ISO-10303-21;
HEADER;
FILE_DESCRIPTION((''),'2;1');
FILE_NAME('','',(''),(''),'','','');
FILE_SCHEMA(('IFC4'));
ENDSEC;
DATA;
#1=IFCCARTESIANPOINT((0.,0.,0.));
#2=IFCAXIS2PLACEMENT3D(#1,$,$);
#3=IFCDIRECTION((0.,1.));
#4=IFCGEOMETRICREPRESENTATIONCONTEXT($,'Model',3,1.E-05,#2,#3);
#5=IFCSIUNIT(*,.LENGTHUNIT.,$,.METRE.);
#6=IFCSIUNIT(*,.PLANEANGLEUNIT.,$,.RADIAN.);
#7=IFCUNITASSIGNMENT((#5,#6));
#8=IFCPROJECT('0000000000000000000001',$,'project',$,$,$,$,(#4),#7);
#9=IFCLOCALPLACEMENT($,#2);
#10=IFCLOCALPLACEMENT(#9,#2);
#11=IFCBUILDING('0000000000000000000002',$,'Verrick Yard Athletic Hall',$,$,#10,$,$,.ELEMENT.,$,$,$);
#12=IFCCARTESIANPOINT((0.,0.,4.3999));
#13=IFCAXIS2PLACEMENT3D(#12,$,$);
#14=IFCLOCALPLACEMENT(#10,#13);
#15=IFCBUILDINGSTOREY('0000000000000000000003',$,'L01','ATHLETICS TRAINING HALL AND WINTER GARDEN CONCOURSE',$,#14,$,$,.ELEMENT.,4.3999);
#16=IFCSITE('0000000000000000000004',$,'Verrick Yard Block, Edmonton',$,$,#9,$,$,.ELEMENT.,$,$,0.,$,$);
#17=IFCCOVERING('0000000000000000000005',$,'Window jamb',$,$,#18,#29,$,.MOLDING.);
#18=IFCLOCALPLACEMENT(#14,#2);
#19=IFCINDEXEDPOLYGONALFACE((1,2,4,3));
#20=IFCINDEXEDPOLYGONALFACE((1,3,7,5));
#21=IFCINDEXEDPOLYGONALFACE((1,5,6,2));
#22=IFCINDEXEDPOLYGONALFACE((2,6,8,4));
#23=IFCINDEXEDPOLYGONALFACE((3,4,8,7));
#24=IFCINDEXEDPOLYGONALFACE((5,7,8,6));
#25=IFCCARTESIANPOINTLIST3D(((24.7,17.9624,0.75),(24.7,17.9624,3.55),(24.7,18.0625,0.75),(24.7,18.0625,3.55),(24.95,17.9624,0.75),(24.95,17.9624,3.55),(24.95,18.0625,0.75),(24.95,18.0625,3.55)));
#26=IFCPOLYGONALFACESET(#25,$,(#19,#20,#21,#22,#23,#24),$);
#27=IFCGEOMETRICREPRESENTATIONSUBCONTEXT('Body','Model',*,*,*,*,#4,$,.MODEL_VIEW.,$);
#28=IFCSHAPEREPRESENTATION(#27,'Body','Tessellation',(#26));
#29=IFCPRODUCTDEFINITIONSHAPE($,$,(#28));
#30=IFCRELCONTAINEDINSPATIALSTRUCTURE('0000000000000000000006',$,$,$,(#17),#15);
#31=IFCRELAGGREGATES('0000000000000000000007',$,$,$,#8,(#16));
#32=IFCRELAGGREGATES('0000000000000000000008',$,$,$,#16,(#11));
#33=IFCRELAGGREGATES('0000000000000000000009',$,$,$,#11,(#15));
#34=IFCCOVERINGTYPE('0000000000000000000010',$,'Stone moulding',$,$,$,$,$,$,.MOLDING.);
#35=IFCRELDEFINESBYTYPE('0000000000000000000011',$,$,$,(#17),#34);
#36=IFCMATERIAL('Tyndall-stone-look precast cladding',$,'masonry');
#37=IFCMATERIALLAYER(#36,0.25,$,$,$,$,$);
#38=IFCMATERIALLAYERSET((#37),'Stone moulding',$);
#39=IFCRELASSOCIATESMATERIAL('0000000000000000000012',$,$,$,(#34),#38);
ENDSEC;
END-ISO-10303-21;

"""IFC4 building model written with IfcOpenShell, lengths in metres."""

from ifc_helpers import new_model, si_unit, direction, frame, origin, origin_2d, place, context, subcontext, project, spatial, rectangle, extrude, material, layer, layer_set, type_object, element, save


model = new_model("IFC4")

# Units and contexts
model_context = context("Model", 3, precision=1e-05, world=origin(), true_north=direction((0.0, 1.0)))
body_context = subcontext(model_context, "Body", "Model", "MODEL_VIEW")
ifc_project = project(units=[si_unit("LENGTHUNIT", "METRE"), si_unit("PLANEANGLEUNIT", "RADIAN")], contexts=[model_context])

# Site, building, storey
site_placement = place(None, origin())
site = spatial("IfcSite", under=ifc_project, at=site_placement, Name="Verrick Yard Block, Edmonton", CompositionType="ELEMENT", RefElevation=0.0)
building_placement = place(site_placement, origin())
building = spatial("IfcBuilding", under=site, at=building_placement, Name="Verrick Yard Athletic Hall", CompositionType="ELEMENT")
storey_placement = place(building_placement, frame((0.0, 0.0, 4.3999)))
storey = spatial("IfcBuildingStorey", under=building, at=storey_placement, Name="L01", Description="ATHLETICS TRAINING HALL AND WINTER GARDEN CONCOURSE", CompositionType="ELEMENT", Elevation=4.3999)

# Covering
ifc_material_1 = material(Name="Tyndall-stone-look precast cladding", Category="masonry")
ifc_layer_1 = layer(ifc_material_1, 0.25)
ifc_layer_set_1 = layer_set([ifc_layer_1], Name="Stone moulding")
covering_type_1 = type_object("IfcCoveringType", Name="Stone moulding", PredefinedType="MOLDING", material=ifc_layer_set_1)
for number, where, z_axis, x_axis, name in (
    (1, (24.825, 18.0125, 0.75), (0.0, 0.0, 1.0), (1.0, 0.0, 0.0), "Window jamb"),
):
    element("IfcCovering", number, at=place(storey_placement, frame(where, z_axis=z_axis, x_axis=x_axis)), inside=storey, type_object=covering_type_1, Name=name, PredefinedType="MOLDING", context=body_context, shape_type="SweptSolid", body=[
        extrude(rectangle(XDim=0.25, YDim=0.1001, at=origin_2d()), origin(), (0.0, 0.0, 1.0), 2.8),
    ])

save(model, "model.ifc")
